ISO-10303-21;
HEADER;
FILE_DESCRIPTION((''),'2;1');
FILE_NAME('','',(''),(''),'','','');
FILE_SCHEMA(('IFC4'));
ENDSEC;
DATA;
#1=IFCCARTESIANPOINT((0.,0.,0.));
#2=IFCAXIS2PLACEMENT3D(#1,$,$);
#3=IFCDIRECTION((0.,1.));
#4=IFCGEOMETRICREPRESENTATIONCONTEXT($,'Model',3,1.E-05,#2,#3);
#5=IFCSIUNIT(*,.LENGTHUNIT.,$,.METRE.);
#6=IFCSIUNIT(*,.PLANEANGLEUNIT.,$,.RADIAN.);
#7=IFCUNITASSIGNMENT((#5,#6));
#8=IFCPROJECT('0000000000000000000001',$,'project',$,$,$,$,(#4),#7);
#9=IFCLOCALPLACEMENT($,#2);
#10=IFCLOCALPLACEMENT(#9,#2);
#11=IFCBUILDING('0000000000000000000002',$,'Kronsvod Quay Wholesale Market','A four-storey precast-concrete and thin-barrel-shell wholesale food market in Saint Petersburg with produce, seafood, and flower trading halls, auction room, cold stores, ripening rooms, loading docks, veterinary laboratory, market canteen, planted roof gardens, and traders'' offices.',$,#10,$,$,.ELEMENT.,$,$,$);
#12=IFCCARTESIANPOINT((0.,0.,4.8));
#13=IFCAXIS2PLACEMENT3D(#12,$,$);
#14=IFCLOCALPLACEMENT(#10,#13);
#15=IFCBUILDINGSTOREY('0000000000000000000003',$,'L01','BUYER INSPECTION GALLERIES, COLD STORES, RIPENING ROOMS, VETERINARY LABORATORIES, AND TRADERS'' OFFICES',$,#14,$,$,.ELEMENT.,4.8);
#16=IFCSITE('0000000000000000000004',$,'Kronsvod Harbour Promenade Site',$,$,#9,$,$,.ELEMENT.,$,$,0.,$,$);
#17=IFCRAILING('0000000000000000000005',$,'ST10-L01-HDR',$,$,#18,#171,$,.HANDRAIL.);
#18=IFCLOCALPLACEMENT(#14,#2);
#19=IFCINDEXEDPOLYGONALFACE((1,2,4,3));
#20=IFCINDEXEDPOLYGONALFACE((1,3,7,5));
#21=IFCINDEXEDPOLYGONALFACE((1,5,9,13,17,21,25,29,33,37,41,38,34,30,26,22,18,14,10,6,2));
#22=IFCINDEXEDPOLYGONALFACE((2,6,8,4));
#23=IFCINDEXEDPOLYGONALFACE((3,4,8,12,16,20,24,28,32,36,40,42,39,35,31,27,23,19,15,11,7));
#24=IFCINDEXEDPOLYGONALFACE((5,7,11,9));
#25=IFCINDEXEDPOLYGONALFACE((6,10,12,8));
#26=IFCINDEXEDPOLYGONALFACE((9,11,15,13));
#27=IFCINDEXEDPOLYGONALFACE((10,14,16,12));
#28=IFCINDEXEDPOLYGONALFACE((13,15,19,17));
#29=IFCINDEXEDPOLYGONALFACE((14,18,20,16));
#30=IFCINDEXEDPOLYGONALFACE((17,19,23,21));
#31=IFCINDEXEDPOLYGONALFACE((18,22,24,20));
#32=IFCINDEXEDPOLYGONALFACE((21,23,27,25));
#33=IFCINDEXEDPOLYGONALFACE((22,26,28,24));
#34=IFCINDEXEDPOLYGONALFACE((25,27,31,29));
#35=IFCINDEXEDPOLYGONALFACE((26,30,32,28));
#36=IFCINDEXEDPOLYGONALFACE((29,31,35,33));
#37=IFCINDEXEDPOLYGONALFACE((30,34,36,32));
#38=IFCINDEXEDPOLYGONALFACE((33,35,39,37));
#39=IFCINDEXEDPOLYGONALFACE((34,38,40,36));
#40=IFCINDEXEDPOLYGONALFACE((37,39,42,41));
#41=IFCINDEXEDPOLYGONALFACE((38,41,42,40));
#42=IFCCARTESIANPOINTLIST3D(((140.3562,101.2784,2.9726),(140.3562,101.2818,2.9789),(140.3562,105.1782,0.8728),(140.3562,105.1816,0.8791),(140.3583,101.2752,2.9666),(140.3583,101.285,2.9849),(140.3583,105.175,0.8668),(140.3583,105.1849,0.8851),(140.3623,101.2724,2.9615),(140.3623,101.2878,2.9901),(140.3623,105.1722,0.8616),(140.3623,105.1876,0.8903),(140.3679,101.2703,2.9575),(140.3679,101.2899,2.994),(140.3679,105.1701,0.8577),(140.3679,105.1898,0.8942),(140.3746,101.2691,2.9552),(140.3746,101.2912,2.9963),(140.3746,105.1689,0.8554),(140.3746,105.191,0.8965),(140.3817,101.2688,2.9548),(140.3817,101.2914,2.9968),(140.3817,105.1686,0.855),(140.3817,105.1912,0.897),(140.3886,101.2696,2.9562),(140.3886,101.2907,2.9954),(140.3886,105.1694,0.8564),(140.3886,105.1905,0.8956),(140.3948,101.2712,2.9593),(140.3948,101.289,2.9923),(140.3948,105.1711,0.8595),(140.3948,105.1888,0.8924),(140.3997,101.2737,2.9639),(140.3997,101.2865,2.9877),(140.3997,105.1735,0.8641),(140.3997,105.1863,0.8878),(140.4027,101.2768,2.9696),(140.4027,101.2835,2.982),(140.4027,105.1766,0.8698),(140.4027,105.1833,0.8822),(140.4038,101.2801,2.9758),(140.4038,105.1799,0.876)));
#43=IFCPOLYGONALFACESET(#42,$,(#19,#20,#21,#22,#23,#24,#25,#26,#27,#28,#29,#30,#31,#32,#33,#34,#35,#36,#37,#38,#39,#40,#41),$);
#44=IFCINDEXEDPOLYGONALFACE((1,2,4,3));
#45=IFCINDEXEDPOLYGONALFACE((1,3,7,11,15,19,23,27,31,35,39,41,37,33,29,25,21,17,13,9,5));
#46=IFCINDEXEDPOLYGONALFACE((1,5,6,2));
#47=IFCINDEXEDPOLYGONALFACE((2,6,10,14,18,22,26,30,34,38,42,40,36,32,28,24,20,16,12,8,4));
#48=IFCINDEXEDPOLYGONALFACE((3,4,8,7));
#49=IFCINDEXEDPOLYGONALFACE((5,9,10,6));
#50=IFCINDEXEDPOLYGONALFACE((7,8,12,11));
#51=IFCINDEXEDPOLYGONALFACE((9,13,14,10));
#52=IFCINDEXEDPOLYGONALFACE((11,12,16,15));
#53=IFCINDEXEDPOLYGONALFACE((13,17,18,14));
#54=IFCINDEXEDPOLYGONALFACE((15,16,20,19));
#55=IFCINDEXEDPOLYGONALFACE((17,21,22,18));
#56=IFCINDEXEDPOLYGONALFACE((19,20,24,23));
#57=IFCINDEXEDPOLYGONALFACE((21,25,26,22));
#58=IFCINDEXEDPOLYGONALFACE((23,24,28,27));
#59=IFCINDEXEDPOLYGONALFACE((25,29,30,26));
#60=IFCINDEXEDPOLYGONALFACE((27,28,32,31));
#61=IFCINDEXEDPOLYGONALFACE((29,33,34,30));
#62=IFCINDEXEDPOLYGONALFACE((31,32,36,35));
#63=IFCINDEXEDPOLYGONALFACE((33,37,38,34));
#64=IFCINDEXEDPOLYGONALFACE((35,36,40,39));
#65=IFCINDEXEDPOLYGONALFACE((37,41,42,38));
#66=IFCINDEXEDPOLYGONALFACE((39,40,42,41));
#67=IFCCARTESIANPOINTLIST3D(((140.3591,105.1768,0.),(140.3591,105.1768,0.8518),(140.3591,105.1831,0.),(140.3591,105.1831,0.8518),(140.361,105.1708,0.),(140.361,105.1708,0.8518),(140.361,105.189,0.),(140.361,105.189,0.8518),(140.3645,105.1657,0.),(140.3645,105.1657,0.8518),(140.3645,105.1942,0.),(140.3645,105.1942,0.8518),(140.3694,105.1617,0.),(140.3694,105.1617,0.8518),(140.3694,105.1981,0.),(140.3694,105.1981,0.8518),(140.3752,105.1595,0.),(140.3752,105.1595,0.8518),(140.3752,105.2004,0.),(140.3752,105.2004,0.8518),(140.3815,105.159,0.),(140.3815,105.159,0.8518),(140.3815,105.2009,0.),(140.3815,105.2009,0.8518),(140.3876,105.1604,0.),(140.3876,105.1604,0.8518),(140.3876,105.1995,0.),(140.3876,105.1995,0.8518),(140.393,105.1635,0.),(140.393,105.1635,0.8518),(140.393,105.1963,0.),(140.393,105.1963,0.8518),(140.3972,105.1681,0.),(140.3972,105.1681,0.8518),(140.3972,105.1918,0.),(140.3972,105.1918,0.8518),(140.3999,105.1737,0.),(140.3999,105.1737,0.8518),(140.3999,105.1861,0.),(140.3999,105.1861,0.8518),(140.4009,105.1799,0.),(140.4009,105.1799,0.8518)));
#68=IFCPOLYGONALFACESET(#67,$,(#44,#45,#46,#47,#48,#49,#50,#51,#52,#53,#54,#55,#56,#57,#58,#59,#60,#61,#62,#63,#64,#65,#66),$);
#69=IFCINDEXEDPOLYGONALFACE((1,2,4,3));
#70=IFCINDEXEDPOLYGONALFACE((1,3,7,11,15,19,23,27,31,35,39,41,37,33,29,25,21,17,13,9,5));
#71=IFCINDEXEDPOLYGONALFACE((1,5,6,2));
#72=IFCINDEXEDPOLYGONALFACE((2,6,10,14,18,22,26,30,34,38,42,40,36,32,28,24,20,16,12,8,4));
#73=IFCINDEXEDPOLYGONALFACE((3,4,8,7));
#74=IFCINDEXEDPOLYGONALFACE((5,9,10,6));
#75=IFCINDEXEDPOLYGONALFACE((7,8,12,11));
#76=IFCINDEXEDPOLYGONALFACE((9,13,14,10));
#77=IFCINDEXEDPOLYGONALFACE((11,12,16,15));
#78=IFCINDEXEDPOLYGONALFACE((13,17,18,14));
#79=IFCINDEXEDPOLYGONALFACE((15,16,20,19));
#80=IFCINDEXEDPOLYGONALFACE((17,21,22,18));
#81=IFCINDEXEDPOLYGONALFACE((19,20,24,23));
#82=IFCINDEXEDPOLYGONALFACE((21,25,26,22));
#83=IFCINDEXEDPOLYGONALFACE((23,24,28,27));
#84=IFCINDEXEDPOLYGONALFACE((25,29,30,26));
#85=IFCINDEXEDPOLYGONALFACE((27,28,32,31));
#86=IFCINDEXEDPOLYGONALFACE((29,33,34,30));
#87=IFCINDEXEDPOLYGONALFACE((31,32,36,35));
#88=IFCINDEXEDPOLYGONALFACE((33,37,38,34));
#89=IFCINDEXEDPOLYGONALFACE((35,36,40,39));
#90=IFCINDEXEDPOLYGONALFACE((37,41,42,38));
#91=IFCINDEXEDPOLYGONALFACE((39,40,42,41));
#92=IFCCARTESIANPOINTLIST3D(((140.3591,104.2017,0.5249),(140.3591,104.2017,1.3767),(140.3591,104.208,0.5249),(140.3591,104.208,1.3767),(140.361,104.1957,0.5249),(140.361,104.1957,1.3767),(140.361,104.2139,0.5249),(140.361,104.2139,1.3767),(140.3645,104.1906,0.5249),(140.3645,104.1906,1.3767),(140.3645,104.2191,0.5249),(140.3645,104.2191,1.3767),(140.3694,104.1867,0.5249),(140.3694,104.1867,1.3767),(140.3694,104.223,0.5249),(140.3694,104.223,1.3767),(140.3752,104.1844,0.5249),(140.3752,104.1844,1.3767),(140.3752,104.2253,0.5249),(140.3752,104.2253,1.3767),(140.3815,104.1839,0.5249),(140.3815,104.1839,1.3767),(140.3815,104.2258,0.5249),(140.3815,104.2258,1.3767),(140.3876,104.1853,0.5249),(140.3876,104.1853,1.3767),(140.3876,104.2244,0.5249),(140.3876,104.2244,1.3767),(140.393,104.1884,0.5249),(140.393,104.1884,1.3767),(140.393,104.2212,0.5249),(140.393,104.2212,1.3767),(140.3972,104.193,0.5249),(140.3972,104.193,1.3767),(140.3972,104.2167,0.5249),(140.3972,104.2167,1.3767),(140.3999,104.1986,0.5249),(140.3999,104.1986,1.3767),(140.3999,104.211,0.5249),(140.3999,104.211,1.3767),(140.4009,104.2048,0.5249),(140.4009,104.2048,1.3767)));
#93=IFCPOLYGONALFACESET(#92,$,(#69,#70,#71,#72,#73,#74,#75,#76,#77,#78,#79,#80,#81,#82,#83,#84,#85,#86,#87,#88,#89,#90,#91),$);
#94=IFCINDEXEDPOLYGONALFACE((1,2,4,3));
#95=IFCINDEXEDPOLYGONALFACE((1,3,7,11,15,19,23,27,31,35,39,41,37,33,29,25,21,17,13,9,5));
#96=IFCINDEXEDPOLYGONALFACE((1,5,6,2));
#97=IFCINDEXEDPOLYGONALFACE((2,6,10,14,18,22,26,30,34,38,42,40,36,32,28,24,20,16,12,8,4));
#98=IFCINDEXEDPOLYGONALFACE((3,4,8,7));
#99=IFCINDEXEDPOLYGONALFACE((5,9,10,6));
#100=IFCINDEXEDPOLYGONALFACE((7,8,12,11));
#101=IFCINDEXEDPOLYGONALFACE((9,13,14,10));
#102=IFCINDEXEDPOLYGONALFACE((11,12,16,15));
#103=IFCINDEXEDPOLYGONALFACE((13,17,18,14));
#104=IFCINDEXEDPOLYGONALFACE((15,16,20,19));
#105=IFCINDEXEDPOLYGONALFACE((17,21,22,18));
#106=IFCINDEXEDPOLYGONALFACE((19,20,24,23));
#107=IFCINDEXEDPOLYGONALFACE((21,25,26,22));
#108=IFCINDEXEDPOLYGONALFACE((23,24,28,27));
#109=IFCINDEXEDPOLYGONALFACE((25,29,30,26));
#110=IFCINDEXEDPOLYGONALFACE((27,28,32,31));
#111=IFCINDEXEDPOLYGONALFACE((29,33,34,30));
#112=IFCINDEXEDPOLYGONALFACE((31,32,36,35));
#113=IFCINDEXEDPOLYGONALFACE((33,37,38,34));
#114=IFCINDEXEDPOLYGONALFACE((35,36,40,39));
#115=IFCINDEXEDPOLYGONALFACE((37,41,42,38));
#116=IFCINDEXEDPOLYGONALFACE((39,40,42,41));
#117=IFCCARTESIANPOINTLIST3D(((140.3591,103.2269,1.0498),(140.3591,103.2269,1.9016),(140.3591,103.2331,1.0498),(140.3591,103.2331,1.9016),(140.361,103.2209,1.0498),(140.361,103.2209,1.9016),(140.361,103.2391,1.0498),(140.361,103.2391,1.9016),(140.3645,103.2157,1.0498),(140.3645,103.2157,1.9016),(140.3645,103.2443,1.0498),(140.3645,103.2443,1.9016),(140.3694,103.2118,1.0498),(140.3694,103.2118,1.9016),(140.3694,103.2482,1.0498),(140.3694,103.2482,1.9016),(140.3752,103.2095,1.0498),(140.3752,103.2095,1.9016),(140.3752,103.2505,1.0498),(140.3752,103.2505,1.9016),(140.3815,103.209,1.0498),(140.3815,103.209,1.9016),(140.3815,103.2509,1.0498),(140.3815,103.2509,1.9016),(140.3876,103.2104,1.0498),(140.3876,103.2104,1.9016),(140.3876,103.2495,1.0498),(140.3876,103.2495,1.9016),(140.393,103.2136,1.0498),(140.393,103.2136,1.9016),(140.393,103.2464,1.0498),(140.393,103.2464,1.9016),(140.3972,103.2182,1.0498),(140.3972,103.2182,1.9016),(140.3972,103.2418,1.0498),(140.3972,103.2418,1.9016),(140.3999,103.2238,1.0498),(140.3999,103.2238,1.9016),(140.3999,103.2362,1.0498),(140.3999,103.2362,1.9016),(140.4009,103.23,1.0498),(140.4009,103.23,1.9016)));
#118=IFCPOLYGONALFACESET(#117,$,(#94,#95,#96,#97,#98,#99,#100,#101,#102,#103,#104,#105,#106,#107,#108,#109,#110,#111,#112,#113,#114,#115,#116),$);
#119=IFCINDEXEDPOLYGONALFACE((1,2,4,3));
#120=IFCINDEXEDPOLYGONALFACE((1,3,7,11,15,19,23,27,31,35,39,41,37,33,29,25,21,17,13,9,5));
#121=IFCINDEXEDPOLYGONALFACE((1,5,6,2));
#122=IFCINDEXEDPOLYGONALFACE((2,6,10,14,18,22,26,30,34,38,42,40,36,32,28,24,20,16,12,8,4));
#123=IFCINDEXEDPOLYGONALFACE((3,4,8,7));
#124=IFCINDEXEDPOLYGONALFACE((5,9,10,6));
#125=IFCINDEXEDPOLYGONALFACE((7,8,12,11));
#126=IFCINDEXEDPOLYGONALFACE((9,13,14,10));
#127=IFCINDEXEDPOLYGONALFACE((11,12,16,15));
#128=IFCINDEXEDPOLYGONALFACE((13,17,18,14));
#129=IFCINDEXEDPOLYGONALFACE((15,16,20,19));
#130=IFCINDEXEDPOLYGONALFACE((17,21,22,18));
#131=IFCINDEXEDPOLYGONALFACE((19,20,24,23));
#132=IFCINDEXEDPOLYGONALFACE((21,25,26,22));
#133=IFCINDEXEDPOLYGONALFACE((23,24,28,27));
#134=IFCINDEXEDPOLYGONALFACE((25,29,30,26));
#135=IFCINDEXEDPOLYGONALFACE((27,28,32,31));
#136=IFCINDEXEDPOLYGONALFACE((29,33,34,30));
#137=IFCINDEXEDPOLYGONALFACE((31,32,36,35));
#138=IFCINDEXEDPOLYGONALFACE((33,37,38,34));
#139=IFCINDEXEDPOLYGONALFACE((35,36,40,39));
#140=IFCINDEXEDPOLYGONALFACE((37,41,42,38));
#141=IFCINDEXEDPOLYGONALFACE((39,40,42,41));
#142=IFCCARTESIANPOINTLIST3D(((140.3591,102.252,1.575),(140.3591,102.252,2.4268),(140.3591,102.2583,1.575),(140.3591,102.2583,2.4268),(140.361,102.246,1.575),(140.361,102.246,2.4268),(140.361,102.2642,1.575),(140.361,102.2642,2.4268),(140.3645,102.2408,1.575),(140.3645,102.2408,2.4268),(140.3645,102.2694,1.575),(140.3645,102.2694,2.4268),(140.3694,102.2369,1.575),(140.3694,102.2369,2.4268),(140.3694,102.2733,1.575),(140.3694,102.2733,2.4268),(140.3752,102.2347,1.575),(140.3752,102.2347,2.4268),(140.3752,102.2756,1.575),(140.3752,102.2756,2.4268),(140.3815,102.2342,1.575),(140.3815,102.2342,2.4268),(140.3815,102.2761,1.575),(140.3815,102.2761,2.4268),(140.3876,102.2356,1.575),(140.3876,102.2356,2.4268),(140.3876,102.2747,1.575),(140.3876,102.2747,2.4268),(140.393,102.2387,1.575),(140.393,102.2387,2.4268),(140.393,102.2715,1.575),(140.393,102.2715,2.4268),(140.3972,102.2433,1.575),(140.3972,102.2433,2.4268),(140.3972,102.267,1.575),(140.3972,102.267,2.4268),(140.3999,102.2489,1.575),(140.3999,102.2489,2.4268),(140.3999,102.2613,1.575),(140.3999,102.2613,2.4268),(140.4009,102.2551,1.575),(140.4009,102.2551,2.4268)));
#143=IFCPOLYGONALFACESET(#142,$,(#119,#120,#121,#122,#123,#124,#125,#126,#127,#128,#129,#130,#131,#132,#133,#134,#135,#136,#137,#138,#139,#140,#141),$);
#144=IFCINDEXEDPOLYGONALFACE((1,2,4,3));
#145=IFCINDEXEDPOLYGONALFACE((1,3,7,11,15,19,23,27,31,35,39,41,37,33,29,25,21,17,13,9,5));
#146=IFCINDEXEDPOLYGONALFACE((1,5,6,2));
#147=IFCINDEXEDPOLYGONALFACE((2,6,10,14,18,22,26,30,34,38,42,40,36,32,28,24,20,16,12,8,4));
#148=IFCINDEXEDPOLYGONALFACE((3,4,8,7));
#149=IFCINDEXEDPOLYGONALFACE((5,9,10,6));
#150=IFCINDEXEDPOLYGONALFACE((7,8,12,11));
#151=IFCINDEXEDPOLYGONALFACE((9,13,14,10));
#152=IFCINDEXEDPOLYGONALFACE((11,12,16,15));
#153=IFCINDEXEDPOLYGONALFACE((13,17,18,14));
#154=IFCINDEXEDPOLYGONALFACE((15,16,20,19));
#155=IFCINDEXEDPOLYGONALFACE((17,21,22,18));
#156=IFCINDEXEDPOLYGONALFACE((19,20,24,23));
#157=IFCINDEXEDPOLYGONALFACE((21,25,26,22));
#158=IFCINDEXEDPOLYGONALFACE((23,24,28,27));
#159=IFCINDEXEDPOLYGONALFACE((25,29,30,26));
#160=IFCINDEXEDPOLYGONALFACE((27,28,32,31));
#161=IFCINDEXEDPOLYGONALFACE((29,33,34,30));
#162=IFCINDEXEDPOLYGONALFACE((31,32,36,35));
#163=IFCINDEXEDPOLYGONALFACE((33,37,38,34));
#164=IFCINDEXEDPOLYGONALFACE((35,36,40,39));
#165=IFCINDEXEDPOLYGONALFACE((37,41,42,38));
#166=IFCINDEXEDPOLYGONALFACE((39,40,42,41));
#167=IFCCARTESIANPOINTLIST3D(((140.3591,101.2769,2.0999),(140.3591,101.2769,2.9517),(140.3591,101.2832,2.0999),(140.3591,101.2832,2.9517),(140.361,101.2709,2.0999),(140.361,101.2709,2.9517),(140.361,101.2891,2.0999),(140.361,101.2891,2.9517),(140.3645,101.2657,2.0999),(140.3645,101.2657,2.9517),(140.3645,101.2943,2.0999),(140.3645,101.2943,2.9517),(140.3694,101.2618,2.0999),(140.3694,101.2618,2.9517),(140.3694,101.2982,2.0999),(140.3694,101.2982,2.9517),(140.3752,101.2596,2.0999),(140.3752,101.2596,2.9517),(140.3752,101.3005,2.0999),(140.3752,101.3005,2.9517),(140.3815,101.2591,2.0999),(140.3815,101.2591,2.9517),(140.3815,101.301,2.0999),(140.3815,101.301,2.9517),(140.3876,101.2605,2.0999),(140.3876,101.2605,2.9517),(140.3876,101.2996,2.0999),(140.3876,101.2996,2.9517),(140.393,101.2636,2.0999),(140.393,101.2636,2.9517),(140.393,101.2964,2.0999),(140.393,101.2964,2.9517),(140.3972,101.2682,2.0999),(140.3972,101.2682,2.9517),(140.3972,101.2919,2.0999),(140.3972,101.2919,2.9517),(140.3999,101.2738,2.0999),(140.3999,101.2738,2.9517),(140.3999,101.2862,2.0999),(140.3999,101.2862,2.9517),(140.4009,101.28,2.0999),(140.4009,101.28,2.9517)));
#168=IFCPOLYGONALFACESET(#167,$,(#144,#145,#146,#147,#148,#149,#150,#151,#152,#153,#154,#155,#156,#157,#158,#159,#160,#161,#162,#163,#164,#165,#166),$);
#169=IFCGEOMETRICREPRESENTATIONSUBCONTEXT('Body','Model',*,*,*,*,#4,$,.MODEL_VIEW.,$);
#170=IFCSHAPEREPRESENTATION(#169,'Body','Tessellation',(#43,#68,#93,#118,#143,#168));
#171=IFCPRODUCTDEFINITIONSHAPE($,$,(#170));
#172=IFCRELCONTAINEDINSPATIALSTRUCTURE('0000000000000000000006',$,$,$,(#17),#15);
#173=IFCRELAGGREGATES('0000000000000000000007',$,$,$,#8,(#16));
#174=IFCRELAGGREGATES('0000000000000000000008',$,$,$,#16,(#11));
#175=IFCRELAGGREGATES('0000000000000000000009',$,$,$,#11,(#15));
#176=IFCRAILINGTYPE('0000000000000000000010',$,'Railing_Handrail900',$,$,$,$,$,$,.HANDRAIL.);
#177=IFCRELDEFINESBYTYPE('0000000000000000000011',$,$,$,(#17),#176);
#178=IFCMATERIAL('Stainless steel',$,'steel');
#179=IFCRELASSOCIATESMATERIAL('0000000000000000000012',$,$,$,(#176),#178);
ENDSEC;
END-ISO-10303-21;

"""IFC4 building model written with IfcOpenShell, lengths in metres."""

from ifc_helpers import new_model, si_unit, direction, frame, origin, origin_2d, place, context, subcontext, project, spatial, circle, extrude, material, type_object, element, save


model = new_model("IFC4")

# Units and contexts
model_context = context("Model", 3, precision=1e-05, world=origin(), true_north=direction((0.0, 1.0)))
body_context = subcontext(model_context, "Body", "Model", "MODEL_VIEW")
ifc_project = project(units=[si_unit("LENGTHUNIT", "METRE"), si_unit("PLANEANGLEUNIT", "RADIAN")], contexts=[model_context])

# Site, building, storey
site_placement = place(None, origin())
site = spatial("IfcSite", under=ifc_project, at=site_placement, Name="Kronsvod Harbour Promenade Site", CompositionType="ELEMENT", RefElevation=0.0)
building_placement = place(site_placement, origin())
building = spatial("IfcBuilding", under=site, at=building_placement, Name="Kronsvod Quay Wholesale Market", Description="A four-storey precast-concrete and thin-barrel-shell wholesale food market in Saint Petersburg with produce, seafood, and flower trading halls, auction room, cold stores, ripening rooms, loading docks, veterinary laboratory, market canteen, planted roof gardens, and traders' offices.", CompositionType="ELEMENT")
storey_placement = place(building_placement, frame((0.0, 0.0, 4.8)))
storey = spatial("IfcBuildingStorey", under=building, at=storey_placement, Name="L01", Description="BUYER INSPECTION GALLERIES, COLD STORES, RIPENING ROOMS, VETERINARY LABORATORIES, AND TRADERS' OFFICES", CompositionType="ELEMENT", Elevation=4.8)

# Railing
ifc_material_1 = material(Name="Stainless steel", Category="steel")
railing_type_1 = type_object("IfcRailingType", Name="Railing_Handrail900", PredefinedType="HANDRAIL", material=ifc_material_1)
railing_1_placement = place(storey_placement, frame((140.3799, 105.1799, 0.0)))
element("IfcRailing", 1, at=railing_1_placement, inside=storey, type_object=railing_type_1, Name="ST10-L01-HDR", PredefinedType="HANDRAIL", context=body_context, shape_type="SweptSolid", body=[
    extrude(circle(Radius=0.0239, at=origin_2d()), frame((0.0, 0.0, 0.876), z_axis=(0.0, -0.88048, 0.474083), x_axis=(1.0, 0.0, 0.0)), (0.0, 0.0, 1.0), 4.4292),
    extrude(circle(Radius=0.021, at=origin_2d()), origin(), (0.0, 0.0, 1.0), 0.8518),
    extrude(circle(Radius=0.021, at=origin_2d()), frame((0.0, -0.9751, 0.5249)), (0.0, 0.0, 1.0), 0.8518),
    extrude(circle(Radius=0.021, at=origin_2d()), frame((0.0, -1.95, 1.0498)), (0.0, 0.0, 1.0), 0.8518),
    extrude(circle(Radius=0.021, at=origin_2d()), frame((0.0, -2.9248, 1.575)), (0.0, 0.0, 1.0), 0.8518),
    extrude(circle(Radius=0.021, at=origin_2d()), frame((0.0, -3.8999, 2.0999)), (0.0, 0.0, 1.0), 0.8518),
])

save(model, "model.ifc")
